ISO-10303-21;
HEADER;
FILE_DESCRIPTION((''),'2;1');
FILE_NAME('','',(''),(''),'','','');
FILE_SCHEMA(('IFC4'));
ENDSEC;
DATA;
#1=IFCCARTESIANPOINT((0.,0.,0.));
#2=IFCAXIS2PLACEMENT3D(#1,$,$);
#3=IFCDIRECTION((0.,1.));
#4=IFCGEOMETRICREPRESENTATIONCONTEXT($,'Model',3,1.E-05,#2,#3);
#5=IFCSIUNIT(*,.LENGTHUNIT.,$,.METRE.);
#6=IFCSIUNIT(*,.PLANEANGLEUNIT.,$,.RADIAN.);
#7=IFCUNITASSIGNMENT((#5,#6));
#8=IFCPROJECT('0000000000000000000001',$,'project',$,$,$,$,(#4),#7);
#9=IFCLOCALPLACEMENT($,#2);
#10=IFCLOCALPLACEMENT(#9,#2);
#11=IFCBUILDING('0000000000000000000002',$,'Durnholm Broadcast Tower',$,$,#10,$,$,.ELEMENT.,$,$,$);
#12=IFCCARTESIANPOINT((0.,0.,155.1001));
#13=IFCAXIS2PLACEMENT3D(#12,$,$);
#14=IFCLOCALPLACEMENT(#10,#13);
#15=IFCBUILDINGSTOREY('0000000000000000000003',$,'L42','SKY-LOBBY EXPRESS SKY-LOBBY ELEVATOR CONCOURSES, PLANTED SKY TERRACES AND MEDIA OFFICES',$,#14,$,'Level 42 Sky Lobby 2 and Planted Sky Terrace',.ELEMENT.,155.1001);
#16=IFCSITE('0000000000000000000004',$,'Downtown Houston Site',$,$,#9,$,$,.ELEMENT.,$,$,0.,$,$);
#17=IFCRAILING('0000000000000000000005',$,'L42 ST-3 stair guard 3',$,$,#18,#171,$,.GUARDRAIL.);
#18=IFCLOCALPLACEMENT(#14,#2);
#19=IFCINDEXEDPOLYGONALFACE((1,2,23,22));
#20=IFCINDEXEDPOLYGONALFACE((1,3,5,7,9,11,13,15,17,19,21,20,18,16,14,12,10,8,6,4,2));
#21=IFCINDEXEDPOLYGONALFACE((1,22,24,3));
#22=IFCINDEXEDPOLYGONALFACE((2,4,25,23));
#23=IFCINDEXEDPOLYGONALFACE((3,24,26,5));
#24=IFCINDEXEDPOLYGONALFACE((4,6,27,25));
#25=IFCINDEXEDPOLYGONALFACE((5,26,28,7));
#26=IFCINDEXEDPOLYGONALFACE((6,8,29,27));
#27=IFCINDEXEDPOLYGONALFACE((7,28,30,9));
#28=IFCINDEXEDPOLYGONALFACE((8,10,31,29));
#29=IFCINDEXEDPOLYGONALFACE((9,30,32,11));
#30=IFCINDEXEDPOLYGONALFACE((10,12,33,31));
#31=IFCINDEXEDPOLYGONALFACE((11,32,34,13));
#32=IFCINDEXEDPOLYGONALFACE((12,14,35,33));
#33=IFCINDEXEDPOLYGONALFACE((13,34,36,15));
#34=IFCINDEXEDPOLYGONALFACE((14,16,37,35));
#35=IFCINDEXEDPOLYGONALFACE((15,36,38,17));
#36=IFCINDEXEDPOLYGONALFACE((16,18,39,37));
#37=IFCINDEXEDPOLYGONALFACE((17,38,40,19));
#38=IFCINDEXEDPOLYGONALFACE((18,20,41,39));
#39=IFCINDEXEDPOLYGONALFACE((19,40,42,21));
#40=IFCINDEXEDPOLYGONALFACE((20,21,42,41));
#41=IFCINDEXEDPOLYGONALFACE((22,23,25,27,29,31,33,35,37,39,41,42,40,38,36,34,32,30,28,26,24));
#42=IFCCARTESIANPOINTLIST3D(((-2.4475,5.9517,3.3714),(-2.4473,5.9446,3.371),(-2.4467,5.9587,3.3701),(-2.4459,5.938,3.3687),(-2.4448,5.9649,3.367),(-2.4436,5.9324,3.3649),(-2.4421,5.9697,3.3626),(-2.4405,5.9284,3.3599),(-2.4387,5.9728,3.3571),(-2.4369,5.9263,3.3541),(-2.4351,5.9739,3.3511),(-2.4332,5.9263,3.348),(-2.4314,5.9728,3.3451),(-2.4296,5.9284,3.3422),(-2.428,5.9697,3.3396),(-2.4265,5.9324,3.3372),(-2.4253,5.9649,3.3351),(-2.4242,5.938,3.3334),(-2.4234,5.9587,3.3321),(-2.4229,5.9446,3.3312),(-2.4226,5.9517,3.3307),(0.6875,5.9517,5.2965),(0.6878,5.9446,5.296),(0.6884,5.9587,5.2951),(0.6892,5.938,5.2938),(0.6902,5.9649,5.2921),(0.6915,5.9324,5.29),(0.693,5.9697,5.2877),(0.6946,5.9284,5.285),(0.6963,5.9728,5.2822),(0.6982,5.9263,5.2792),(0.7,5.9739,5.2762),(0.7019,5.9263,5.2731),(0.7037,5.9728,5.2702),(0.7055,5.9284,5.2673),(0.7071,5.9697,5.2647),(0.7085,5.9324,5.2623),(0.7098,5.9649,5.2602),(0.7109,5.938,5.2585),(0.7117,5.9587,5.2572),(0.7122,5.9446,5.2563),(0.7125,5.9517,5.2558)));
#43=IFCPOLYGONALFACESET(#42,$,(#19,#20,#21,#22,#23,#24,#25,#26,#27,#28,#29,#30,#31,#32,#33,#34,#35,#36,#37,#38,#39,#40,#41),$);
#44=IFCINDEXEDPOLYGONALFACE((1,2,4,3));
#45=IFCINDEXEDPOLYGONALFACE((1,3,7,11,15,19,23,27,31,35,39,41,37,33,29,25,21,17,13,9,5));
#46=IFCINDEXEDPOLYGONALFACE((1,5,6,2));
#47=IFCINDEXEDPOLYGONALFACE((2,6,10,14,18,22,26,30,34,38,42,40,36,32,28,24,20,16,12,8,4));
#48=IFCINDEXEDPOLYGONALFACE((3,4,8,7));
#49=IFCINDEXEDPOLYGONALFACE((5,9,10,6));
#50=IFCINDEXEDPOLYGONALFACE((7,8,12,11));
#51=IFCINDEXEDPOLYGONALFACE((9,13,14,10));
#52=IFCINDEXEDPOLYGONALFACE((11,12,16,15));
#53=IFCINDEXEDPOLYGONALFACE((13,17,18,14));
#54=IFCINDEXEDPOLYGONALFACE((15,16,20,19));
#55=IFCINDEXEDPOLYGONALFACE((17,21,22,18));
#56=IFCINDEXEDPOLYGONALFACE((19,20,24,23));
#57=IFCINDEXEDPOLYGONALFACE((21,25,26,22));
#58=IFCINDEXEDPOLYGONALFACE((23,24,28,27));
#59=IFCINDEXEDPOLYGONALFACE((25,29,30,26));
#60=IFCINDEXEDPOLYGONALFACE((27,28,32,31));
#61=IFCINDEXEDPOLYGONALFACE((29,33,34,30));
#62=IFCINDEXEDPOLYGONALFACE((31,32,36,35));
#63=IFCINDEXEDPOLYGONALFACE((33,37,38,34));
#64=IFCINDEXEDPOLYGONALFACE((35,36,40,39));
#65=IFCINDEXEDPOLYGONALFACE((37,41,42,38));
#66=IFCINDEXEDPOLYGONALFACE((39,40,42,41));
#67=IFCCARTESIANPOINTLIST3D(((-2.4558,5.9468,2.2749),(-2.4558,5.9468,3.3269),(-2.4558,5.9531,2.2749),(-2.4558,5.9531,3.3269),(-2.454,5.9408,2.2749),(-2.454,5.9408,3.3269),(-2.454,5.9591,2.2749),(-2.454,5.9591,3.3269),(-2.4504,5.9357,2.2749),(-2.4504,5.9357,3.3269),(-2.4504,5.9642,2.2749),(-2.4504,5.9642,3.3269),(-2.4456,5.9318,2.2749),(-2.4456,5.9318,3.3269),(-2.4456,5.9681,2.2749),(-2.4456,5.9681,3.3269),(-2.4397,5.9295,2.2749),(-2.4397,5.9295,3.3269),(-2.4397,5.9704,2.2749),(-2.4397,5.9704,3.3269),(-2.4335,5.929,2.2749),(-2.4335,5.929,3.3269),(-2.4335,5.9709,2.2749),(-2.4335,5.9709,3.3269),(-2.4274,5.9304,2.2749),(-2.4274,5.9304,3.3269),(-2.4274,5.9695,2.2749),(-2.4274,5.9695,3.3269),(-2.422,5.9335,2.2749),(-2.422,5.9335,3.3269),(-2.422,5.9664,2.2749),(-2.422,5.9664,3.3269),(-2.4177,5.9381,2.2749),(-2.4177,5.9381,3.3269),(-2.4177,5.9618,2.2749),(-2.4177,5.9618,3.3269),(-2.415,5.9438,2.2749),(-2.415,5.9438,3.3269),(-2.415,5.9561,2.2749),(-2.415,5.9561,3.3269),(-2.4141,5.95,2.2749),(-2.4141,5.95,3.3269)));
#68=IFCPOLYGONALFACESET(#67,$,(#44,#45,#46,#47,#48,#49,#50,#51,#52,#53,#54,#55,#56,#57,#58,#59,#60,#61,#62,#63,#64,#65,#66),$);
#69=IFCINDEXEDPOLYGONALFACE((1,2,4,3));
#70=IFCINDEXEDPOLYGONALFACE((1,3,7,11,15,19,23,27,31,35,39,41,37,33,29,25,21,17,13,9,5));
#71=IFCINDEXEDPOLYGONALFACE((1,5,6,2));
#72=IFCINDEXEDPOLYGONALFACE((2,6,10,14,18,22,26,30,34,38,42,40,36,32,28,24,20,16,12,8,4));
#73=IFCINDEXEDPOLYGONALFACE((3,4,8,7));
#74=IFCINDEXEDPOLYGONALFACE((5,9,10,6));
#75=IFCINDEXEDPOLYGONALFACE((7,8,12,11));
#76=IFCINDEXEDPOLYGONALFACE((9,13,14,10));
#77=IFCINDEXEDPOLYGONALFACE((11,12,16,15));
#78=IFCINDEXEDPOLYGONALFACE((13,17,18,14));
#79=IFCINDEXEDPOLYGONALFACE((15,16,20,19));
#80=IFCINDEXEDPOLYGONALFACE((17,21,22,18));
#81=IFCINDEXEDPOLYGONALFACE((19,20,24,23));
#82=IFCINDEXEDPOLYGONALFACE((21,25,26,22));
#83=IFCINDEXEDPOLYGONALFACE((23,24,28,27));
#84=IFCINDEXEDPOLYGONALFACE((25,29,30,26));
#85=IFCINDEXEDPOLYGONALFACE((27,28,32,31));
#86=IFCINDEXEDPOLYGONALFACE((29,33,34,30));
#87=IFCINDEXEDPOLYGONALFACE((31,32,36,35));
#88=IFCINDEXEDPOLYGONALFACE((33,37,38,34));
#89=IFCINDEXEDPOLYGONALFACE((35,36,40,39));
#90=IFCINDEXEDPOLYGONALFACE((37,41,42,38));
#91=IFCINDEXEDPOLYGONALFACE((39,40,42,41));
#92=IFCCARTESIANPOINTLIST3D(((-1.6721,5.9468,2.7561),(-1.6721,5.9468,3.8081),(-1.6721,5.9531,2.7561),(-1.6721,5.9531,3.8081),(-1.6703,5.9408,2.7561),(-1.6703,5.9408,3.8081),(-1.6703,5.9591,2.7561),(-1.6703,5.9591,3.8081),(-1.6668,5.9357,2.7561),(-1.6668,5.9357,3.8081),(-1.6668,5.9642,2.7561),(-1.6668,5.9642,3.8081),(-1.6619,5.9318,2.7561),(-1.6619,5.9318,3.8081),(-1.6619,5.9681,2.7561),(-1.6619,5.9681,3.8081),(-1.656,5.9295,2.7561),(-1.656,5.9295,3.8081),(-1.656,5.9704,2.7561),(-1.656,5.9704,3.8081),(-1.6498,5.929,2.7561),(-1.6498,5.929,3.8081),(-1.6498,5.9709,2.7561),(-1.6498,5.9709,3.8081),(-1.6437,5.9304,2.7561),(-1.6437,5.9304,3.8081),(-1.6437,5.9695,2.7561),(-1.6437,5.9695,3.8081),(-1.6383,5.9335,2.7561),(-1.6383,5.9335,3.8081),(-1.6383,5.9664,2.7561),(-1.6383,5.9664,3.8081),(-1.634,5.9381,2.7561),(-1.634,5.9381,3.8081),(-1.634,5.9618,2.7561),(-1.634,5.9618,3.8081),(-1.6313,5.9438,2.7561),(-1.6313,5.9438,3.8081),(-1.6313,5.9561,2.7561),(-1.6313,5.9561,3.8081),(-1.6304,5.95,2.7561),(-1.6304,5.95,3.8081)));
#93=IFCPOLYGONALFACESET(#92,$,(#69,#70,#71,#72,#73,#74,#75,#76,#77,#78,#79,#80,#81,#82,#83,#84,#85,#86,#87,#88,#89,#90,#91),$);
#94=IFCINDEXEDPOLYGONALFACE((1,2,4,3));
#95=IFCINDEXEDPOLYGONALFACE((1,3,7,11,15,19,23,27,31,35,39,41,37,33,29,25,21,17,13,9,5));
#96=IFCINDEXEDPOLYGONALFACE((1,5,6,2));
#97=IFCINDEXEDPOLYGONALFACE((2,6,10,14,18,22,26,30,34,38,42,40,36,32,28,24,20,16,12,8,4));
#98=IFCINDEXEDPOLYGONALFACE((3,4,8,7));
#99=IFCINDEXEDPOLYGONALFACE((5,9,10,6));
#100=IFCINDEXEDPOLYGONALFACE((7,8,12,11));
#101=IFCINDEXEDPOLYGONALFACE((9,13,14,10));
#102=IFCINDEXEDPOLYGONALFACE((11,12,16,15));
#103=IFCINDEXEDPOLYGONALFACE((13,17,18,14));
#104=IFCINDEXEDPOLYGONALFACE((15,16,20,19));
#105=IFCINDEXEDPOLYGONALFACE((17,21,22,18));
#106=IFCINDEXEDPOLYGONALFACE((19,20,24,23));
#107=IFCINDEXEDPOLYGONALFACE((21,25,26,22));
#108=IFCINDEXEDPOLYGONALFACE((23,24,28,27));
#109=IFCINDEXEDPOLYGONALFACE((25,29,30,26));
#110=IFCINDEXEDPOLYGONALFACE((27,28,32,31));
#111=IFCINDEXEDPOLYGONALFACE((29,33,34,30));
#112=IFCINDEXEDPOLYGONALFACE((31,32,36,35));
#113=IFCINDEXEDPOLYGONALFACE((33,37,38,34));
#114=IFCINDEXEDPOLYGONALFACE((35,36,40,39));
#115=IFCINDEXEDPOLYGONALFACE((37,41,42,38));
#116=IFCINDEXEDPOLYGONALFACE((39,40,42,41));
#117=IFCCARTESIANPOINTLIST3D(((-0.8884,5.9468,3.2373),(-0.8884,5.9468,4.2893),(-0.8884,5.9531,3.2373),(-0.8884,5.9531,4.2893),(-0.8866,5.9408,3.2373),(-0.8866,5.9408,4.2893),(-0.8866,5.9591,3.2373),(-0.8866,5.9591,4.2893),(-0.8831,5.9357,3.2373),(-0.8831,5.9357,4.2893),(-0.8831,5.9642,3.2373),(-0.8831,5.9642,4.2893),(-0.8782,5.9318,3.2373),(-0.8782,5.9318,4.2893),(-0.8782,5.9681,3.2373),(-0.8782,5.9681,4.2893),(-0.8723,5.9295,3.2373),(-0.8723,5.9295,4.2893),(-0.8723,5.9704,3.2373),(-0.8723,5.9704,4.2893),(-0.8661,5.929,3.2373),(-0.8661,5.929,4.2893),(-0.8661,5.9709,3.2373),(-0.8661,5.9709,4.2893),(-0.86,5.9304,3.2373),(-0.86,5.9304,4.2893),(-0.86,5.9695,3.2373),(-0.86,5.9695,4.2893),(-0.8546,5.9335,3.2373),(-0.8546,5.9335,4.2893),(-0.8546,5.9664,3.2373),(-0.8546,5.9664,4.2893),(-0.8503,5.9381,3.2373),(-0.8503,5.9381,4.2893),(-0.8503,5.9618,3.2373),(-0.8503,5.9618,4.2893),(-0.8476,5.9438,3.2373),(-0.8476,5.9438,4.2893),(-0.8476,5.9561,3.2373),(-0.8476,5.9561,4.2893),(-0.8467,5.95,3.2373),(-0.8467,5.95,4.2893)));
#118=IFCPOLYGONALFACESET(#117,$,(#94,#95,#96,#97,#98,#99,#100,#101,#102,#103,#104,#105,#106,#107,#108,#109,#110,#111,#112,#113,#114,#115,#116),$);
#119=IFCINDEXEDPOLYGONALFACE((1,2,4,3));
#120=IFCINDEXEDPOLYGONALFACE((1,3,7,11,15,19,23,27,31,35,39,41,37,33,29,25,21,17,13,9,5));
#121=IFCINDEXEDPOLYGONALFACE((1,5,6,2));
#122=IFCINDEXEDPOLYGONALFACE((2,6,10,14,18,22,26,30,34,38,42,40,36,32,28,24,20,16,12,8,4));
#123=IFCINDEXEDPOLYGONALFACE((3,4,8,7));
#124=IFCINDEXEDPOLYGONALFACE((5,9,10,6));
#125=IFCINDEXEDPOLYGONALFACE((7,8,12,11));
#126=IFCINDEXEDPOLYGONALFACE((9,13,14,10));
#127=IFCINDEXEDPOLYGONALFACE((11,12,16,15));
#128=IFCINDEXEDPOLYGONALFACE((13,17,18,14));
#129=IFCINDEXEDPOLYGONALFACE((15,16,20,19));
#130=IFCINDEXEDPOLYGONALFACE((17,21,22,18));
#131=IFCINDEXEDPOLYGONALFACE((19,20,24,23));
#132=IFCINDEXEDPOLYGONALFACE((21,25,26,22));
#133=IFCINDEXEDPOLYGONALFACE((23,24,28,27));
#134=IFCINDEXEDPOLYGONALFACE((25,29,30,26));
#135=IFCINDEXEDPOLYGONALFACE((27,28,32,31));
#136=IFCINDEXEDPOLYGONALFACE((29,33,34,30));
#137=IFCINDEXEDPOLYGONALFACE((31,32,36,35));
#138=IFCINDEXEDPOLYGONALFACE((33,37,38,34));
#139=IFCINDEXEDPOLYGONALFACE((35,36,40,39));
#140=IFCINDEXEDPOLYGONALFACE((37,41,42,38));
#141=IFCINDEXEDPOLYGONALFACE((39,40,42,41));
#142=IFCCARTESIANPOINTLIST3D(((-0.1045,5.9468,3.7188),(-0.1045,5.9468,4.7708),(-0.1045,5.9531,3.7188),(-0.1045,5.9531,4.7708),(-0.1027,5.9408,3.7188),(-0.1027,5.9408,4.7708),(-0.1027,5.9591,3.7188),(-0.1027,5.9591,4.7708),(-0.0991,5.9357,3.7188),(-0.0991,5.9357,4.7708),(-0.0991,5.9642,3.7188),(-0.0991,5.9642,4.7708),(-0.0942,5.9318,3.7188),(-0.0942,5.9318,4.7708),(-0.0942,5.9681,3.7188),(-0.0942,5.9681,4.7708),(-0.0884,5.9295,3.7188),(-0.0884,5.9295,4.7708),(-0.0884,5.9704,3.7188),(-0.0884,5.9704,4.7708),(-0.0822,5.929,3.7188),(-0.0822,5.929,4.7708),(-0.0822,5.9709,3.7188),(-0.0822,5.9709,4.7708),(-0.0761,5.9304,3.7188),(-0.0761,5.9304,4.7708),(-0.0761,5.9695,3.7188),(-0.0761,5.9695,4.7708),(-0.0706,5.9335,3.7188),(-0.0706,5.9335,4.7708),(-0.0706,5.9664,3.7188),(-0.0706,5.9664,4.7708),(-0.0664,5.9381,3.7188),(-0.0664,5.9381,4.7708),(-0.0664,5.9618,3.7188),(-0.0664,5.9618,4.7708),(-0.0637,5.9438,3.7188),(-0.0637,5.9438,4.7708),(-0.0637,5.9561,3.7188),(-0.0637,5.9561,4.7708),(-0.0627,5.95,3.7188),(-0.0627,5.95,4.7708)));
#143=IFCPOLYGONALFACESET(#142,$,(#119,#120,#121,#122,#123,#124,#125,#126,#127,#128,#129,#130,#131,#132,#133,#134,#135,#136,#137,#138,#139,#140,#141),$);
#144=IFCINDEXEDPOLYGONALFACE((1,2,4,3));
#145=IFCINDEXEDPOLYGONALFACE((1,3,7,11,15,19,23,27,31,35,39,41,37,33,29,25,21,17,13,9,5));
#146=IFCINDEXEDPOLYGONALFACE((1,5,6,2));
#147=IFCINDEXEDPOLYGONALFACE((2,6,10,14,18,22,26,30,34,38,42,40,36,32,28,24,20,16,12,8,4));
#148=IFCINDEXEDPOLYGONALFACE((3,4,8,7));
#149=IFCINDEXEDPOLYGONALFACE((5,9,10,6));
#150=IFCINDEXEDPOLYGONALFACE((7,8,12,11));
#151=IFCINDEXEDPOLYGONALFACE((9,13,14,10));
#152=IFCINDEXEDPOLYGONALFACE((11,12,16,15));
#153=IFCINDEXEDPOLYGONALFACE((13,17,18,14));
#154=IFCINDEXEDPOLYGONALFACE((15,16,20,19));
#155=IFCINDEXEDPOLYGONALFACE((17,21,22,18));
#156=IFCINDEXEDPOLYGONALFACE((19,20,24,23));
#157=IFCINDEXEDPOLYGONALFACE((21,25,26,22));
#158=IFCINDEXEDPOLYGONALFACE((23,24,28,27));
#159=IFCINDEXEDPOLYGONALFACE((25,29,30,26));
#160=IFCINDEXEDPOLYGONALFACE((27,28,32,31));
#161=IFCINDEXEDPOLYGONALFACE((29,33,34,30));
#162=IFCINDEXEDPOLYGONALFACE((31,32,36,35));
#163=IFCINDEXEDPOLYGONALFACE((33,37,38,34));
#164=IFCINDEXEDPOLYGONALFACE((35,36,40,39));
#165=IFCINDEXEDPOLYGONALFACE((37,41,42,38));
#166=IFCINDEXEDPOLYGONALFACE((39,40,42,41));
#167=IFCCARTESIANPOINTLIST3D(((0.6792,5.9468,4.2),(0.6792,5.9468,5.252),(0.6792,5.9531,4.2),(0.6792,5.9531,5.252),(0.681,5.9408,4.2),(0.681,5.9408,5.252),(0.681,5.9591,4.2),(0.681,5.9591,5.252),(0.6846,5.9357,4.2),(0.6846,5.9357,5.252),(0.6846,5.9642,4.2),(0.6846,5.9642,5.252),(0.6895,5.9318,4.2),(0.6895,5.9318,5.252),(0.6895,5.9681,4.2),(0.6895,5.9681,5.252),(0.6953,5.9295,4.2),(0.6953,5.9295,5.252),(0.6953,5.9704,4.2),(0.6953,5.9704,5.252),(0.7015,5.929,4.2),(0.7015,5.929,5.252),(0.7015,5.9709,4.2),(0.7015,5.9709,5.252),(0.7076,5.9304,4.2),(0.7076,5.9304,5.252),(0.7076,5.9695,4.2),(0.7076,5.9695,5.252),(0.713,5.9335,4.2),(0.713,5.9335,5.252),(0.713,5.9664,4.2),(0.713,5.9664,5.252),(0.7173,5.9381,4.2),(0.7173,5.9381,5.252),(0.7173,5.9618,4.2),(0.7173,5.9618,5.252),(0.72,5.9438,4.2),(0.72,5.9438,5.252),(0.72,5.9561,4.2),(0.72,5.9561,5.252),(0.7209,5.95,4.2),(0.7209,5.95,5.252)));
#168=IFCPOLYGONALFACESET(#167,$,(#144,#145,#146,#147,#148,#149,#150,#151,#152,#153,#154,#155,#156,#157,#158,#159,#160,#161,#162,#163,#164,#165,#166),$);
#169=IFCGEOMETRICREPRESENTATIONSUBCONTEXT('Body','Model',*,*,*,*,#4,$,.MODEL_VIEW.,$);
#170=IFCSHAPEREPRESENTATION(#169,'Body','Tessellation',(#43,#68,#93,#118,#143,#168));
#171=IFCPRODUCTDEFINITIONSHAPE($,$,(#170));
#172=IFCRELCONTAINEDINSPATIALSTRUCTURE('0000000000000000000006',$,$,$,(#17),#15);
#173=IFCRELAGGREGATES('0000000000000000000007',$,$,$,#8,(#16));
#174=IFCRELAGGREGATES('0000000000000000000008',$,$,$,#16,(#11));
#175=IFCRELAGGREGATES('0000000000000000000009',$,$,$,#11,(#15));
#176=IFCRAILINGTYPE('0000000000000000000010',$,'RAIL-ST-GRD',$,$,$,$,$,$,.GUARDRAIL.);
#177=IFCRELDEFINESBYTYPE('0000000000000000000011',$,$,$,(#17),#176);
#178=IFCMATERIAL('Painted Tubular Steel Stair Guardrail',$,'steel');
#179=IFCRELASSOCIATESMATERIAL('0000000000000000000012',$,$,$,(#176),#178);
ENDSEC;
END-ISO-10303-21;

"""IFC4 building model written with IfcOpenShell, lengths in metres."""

from ifc_helpers import new_model, si_unit, direction, frame, origin, origin_2d, place, context, subcontext, project, spatial, circle, extrude, material, type_object, element, save


model = new_model("IFC4")

# Units and contexts
model_context = context("Model", 3, precision=1e-05, world=origin(), true_north=direction((0.0, 1.0)))
body_context = subcontext(model_context, "Body", "Model", "MODEL_VIEW")
ifc_project = project(units=[si_unit("LENGTHUNIT", "METRE"), si_unit("PLANEANGLEUNIT", "RADIAN")], contexts=[model_context])

# Site, building, storey
site_placement = place(None, origin())
site = spatial("IfcSite", under=ifc_project, at=site_placement, Name="Downtown Houston Site", CompositionType="ELEMENT", RefElevation=0.0)
building_placement = place(site_placement, origin())
building = spatial("IfcBuilding", under=site, at=building_placement, Name="Durnholm Broadcast Tower", CompositionType="ELEMENT")
storey_placement = place(building_placement, frame((0.0, 0.0, 155.1001)))
storey = spatial("IfcBuildingStorey", under=building, at=storey_placement, Name="L42", Description="SKY-LOBBY EXPRESS SKY-LOBBY ELEVATOR CONCOURSES, PLANTED SKY TERRACES AND MEDIA OFFICES", LongName="Level 42 Sky Lobby 2 and Planted Sky Terrace", CompositionType="ELEMENT", Elevation=155.1001)

# Railing
ifc_material_1 = material(Name="Painted Tubular Steel Stair Guardrail", Category="steel")
railing_type_1 = type_object("IfcRailingType", Name="RAIL-ST-GRD", PredefinedType="GUARDRAIL", material=ifc_material_1)
railing_1_placement = place(storey_placement, frame((-2.4351, 5.95, 2.2749)))
element("IfcRailing", 1, at=railing_1_placement, inside=storey, type_object=railing_type_1, Name="L42 ST-3 stair guard 3", PredefinedType="GUARDRAIL", context=body_context, shape_type="SweptSolid", body=[
    extrude(circle(Radius=0.0239, at=origin_2d()), frame((0.0, 0.0, 1.0762), z_axis=(0.852166, 0.0, 0.523271), x_axis=(0.0, 1.0, 0.0)), (0.0, 0.0, 1.0), 3.679),
    extrude(circle(Radius=0.021, at=origin_2d()), origin(), (0.0, 0.0, 1.0), 1.052),
    extrude(circle(Radius=0.021, at=origin_2d()), frame((0.7837, 0.0, 0.4812)), (0.0, 0.0, 1.0), 1.052),
    extrude(circle(Radius=0.021, at=origin_2d()), frame((1.5674, 0.0, 0.9624)), (0.0, 0.0, 1.0), 1.052),
    extrude(circle(Radius=0.021, at=origin_2d()), frame((2.3513, 0.0, 1.4438)), (0.0, 0.0, 1.0), 1.052),
    extrude(circle(Radius=0.021, at=origin_2d()), frame((3.135, 0.0, 1.925)), (0.0, 0.0, 1.0), 1.052),
])

save(model, "model.ifc")
